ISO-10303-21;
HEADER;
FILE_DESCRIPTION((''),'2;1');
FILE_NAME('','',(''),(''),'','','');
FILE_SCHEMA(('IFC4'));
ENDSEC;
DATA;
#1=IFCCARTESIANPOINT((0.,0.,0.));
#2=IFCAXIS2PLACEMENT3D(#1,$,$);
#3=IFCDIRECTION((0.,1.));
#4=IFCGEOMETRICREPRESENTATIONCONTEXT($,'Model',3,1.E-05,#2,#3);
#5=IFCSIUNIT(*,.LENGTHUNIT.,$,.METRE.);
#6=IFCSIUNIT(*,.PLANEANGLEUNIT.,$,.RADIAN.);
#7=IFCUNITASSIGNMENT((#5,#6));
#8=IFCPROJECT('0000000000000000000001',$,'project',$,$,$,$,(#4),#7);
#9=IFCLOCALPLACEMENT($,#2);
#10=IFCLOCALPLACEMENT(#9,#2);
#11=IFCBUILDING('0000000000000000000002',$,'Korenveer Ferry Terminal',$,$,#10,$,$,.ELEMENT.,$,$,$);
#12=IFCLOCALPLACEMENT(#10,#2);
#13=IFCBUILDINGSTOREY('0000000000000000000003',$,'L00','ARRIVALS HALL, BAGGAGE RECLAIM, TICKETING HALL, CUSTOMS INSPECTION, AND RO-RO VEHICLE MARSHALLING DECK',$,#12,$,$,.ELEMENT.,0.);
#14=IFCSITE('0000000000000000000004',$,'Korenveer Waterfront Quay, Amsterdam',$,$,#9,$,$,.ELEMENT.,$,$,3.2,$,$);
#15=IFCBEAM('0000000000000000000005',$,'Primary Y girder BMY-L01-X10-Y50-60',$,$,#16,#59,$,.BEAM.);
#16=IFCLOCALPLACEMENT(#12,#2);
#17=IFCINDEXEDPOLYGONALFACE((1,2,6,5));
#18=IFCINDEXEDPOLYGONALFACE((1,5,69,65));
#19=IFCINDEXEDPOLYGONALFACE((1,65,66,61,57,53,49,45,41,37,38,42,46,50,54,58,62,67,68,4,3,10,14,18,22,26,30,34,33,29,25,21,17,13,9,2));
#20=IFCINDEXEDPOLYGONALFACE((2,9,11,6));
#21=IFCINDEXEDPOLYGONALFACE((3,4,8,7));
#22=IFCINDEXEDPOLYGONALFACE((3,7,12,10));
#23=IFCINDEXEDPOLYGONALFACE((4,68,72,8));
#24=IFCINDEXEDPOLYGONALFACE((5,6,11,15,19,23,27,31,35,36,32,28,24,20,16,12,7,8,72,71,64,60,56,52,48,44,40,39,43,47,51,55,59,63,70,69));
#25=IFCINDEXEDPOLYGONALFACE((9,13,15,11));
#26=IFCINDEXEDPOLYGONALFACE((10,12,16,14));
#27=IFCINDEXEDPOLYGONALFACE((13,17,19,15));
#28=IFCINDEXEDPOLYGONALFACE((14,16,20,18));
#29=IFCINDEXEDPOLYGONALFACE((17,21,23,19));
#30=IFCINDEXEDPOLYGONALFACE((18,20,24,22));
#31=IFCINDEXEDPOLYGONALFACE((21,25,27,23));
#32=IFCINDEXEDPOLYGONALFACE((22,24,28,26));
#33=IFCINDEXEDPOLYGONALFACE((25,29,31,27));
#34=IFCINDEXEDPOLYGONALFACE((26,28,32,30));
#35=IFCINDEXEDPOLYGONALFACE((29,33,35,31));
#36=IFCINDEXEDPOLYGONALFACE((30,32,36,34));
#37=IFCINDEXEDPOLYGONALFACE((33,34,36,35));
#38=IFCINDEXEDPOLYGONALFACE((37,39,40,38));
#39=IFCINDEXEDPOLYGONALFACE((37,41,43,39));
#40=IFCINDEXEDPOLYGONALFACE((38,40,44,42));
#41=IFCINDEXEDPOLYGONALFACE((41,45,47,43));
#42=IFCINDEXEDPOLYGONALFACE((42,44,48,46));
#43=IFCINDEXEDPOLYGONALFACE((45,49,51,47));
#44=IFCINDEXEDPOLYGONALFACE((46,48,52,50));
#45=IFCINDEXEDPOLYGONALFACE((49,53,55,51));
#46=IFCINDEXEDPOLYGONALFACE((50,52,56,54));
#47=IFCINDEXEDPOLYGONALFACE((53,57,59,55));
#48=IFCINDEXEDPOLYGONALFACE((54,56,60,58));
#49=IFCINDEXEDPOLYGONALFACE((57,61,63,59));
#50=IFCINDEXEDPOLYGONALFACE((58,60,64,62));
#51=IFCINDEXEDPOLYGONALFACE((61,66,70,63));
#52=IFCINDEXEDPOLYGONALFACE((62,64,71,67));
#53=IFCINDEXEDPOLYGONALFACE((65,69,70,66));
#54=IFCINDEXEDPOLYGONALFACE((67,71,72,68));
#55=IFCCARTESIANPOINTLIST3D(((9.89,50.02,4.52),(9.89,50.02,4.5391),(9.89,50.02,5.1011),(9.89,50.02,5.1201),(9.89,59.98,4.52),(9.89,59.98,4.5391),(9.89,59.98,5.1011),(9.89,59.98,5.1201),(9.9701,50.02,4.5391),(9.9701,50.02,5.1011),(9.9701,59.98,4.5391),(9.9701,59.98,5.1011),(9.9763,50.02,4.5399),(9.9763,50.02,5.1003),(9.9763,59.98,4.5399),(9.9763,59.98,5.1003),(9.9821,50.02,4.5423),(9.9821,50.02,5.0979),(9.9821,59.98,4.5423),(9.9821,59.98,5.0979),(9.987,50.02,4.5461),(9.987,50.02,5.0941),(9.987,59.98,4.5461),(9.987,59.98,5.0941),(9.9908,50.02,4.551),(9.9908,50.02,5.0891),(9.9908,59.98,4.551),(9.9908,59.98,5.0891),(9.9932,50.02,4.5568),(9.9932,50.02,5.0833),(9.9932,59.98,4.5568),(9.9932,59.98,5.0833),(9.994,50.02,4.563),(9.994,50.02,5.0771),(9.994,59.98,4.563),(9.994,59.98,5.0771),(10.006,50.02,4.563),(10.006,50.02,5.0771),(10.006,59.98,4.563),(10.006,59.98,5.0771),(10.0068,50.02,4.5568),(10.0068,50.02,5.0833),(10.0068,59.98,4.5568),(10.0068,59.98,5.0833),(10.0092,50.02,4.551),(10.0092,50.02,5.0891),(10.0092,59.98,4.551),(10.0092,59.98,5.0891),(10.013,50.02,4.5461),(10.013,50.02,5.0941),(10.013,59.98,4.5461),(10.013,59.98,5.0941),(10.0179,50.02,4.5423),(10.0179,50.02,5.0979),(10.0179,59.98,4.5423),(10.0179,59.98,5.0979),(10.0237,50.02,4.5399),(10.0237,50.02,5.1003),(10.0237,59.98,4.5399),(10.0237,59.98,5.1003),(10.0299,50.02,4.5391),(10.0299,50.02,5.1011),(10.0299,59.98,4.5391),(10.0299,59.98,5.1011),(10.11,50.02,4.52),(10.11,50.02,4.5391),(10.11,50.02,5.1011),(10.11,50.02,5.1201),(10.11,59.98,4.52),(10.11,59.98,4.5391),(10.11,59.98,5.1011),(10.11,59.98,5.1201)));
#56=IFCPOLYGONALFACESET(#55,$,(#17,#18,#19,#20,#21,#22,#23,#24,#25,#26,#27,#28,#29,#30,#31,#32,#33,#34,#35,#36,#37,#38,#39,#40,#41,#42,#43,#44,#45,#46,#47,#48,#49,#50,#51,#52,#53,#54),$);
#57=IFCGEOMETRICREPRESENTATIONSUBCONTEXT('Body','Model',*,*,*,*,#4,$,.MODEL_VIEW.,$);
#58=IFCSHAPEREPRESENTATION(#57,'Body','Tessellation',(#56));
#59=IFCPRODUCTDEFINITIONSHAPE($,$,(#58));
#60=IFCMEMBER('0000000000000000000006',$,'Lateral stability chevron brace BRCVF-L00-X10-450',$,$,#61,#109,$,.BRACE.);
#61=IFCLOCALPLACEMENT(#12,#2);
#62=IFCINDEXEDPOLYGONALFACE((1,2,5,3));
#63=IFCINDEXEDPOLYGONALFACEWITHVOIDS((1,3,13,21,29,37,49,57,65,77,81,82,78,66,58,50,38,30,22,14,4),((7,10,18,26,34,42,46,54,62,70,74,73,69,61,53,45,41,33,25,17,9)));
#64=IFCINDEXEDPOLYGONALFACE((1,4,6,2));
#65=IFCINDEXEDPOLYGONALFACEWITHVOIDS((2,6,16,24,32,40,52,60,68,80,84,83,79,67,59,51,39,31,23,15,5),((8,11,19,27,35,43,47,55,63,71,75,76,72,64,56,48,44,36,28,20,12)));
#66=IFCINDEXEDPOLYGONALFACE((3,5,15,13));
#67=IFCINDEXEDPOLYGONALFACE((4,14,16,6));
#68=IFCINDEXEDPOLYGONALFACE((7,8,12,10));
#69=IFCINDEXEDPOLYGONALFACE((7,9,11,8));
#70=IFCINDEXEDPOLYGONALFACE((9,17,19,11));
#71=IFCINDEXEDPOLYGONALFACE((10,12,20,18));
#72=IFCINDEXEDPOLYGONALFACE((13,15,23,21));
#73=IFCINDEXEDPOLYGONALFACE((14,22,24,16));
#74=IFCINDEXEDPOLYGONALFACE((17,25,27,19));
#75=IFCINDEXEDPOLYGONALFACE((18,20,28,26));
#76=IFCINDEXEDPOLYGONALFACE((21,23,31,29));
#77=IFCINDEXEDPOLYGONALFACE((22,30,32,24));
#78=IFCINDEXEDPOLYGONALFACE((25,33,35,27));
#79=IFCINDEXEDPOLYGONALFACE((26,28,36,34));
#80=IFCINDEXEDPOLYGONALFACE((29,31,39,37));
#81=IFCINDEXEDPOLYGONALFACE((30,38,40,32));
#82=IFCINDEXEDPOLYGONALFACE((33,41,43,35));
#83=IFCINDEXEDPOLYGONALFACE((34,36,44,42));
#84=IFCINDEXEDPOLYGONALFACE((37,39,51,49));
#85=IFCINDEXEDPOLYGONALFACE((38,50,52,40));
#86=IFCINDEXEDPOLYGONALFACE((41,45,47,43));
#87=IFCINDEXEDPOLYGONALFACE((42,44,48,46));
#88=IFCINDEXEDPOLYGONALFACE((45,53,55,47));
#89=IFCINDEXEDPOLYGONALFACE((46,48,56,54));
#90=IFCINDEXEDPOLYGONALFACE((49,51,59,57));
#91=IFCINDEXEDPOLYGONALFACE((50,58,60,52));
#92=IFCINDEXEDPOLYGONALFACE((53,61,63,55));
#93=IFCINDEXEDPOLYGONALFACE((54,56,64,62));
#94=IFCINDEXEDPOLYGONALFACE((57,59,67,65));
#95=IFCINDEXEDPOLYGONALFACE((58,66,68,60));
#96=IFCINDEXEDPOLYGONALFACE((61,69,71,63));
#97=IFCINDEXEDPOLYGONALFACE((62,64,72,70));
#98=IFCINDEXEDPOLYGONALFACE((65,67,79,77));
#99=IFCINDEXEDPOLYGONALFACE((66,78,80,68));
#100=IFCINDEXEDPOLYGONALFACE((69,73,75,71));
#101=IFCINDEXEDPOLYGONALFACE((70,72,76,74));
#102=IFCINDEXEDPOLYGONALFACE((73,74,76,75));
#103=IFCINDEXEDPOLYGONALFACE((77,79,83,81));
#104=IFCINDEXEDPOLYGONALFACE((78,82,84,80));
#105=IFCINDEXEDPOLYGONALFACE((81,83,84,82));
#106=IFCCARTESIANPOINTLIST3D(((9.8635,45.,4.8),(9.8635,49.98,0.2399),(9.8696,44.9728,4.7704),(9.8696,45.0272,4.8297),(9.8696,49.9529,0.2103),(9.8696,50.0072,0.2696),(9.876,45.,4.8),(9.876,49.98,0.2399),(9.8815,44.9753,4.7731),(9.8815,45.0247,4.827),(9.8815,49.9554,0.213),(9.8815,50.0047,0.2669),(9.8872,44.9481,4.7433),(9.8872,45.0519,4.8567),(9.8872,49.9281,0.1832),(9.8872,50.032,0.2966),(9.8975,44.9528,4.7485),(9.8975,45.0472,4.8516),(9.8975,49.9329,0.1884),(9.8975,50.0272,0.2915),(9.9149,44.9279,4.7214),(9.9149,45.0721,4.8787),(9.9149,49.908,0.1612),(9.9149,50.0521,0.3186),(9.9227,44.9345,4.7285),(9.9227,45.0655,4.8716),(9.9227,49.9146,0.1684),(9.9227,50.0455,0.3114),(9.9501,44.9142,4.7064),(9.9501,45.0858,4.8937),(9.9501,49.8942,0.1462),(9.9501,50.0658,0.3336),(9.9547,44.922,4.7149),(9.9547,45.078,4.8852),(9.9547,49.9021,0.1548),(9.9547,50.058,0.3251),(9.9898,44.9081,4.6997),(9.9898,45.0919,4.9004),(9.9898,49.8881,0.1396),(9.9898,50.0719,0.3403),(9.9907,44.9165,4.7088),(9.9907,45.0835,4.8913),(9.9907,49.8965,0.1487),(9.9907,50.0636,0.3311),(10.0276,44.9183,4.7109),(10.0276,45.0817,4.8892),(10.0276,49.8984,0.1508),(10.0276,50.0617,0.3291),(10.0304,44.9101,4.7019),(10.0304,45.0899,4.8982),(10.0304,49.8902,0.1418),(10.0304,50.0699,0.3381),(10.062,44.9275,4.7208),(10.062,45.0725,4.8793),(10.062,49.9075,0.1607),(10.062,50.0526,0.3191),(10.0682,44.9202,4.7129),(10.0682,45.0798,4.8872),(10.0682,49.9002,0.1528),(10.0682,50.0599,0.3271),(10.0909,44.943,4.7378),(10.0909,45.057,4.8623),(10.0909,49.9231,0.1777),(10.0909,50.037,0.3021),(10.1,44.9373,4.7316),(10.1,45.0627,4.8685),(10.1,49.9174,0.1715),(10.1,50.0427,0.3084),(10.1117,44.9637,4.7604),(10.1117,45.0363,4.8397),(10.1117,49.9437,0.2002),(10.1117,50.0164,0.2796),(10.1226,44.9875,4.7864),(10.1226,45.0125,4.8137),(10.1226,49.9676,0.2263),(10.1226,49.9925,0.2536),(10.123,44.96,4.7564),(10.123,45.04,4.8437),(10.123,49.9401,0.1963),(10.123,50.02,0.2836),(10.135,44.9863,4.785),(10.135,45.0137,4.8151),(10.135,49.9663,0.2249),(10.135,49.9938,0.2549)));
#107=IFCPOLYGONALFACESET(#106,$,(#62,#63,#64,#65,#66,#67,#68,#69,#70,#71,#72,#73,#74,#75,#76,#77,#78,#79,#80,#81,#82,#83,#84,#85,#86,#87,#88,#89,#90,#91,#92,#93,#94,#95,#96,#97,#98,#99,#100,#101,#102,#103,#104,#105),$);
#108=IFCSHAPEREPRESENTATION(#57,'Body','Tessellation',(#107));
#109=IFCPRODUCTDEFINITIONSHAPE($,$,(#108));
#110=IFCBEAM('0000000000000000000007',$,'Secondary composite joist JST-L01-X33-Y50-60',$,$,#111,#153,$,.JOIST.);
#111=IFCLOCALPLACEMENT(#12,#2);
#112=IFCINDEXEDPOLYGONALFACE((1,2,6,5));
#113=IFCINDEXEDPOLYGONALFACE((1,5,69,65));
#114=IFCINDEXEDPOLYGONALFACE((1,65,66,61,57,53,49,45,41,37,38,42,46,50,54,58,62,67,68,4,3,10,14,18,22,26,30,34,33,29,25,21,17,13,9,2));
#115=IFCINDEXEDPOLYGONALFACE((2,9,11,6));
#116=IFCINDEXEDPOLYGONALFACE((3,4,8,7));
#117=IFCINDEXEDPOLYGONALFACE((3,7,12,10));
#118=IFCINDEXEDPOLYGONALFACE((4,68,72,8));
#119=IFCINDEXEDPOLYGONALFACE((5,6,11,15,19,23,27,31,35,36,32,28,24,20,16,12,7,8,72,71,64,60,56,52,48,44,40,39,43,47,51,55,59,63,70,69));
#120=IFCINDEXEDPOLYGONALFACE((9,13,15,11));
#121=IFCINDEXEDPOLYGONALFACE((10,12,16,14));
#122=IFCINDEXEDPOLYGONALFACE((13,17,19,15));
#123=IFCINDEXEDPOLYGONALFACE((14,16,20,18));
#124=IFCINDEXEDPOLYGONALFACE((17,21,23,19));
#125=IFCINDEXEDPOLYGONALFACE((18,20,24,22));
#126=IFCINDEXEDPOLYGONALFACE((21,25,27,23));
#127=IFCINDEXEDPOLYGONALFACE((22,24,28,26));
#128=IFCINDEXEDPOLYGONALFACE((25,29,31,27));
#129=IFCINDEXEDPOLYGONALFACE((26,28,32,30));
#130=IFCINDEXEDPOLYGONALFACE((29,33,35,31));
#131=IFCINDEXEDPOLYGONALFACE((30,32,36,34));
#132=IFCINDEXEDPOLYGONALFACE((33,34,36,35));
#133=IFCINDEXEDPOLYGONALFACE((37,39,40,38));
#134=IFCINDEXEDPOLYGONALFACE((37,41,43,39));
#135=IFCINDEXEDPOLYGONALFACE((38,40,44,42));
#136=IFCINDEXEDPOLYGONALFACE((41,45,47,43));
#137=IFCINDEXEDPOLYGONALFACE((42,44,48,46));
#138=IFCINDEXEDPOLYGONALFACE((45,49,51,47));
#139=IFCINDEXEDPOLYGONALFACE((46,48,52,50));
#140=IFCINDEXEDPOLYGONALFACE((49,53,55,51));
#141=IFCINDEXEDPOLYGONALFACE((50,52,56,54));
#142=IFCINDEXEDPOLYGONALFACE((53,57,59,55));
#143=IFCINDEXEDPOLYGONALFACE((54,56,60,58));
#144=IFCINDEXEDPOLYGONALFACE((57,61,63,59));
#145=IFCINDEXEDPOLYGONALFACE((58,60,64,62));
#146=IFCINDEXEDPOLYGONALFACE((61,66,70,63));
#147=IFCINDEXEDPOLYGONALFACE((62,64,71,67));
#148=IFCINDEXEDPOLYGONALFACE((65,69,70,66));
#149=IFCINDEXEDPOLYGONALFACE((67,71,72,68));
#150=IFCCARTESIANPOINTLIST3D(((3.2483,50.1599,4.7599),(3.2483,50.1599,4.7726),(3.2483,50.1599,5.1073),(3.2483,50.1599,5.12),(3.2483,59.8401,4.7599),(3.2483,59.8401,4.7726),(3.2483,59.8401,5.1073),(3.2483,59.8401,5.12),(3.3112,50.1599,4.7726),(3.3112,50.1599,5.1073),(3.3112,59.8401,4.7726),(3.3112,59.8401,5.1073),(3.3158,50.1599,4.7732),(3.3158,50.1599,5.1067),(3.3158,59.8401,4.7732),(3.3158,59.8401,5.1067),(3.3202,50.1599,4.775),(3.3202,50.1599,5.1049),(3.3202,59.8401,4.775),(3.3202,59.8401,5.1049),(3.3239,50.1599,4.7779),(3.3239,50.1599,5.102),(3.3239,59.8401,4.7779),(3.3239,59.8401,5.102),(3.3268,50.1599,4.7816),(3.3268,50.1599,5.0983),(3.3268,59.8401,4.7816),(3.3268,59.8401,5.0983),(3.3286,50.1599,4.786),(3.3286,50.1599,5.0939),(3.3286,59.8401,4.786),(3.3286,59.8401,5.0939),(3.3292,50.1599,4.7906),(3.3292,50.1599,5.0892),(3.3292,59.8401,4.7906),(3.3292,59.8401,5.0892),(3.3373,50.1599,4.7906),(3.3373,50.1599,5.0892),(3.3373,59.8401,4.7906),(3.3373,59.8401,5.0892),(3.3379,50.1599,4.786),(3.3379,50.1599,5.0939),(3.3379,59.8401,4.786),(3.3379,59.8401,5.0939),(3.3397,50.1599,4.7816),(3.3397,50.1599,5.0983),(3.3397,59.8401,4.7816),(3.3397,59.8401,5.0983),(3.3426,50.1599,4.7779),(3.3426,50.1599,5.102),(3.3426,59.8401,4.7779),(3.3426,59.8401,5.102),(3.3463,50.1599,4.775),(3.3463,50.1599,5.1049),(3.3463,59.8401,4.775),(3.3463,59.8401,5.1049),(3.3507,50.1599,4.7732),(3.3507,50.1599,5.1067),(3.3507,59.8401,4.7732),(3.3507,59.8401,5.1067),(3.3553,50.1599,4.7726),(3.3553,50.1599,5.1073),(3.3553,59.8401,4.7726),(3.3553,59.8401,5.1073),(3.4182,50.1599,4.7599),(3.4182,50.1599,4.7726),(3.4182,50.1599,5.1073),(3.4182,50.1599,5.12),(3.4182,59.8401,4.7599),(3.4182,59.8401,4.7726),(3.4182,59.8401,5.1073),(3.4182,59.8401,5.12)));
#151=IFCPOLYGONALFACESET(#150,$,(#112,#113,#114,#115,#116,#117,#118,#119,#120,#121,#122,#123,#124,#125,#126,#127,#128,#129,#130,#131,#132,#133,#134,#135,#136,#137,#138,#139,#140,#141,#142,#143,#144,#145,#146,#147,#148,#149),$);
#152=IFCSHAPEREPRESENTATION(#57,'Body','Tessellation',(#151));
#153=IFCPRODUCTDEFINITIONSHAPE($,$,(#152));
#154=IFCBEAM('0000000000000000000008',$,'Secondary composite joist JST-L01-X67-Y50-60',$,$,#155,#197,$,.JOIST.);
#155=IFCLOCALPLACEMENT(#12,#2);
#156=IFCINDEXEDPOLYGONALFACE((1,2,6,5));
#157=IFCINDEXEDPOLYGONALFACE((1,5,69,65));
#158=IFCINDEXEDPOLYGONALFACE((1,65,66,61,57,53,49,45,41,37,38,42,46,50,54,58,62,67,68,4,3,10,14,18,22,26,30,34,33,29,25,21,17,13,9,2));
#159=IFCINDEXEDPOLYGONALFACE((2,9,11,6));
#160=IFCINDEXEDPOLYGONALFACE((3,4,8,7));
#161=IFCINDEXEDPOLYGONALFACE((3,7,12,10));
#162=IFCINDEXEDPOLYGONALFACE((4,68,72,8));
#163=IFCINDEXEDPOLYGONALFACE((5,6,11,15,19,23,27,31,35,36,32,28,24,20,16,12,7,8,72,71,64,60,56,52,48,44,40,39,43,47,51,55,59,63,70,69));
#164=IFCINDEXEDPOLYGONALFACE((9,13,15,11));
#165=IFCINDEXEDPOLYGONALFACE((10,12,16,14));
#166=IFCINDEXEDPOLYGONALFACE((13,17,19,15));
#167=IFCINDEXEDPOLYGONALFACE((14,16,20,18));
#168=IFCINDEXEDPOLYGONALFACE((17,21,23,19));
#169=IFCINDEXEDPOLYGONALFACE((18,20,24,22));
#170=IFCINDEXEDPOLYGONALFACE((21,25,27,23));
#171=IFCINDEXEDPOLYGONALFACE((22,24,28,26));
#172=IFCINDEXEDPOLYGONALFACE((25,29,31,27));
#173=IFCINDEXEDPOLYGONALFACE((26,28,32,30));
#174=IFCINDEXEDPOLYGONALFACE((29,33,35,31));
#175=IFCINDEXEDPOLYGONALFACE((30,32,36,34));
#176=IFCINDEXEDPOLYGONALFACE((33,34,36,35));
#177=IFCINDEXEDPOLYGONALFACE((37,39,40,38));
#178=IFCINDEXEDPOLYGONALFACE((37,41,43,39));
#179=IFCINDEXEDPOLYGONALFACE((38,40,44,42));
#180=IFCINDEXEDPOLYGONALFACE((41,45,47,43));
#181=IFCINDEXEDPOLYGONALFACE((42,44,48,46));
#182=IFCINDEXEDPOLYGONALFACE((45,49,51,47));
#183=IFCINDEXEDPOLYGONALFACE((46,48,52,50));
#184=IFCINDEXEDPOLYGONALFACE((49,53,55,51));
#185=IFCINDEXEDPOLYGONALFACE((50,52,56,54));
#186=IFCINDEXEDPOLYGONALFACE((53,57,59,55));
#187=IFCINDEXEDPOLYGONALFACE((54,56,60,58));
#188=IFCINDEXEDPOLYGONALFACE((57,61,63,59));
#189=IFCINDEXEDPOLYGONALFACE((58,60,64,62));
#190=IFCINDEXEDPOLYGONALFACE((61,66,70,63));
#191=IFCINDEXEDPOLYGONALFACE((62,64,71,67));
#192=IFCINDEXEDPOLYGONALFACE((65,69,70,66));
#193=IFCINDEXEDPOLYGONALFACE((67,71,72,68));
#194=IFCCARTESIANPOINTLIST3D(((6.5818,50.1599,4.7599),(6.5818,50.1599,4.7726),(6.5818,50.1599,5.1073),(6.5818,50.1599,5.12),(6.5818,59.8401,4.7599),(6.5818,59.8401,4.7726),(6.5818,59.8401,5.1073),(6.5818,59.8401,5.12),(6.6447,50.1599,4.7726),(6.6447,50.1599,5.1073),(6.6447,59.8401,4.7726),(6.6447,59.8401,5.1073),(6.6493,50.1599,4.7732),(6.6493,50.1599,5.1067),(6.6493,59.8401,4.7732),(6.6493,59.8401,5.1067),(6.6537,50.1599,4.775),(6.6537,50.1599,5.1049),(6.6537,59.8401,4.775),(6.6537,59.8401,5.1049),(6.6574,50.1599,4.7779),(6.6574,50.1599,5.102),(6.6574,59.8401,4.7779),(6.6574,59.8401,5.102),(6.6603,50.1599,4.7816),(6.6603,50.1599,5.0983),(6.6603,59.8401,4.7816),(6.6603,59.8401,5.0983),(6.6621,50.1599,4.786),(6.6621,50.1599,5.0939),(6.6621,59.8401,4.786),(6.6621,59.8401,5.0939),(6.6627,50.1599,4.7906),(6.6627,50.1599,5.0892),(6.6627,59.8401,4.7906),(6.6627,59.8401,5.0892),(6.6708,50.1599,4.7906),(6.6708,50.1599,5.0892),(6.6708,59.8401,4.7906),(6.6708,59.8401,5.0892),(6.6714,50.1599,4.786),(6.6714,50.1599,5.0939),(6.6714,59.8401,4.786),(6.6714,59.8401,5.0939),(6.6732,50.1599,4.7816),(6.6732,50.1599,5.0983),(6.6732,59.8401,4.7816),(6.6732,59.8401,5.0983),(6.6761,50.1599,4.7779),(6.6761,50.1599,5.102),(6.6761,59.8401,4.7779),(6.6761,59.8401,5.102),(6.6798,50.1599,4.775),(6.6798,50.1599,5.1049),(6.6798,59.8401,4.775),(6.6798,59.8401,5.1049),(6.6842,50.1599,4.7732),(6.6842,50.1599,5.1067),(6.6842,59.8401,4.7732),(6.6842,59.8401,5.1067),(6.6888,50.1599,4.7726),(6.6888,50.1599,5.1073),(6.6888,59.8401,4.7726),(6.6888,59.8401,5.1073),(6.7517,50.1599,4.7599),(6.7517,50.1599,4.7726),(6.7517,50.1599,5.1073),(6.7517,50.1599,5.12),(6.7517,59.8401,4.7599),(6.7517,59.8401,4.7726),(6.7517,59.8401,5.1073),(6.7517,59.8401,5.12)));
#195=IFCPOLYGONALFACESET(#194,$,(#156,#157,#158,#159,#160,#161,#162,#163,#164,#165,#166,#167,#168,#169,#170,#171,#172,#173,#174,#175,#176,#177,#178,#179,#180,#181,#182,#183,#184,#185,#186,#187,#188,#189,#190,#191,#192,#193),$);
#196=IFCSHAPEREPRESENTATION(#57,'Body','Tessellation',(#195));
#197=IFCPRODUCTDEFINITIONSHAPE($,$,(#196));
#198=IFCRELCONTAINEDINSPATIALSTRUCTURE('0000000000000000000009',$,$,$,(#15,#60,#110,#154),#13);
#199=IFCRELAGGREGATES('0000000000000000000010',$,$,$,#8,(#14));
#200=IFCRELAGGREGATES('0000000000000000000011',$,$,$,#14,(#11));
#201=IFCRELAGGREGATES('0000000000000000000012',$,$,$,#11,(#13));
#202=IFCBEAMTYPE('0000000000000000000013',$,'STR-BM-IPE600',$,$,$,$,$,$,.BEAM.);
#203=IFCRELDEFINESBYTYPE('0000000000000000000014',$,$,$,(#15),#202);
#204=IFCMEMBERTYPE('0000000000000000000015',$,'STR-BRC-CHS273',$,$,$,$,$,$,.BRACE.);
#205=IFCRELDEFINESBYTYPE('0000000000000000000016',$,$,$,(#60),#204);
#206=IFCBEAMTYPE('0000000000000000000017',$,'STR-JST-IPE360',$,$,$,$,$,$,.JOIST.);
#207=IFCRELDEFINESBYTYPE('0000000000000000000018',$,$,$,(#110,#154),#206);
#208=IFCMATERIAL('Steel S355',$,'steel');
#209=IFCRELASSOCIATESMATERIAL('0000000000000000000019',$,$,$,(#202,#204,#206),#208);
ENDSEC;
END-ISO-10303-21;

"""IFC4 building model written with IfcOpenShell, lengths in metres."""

from ifc_helpers import new_model, si_unit, direction, frame, origin, origin_2d, place, context, subcontext, project, spatial, hollow_circle, i_section, extrude, material, material_profile, profile_set, type_object, element, save


model = new_model("IFC4")

# Units and contexts
model_context = context("Model", 3, precision=1e-05, world=origin(), true_north=direction((0.0, 1.0)))
body_context = subcontext(model_context, "Body", "Model", "MODEL_VIEW")
ifc_project = project(units=[si_unit("LENGTHUNIT", "METRE"), si_unit("PLANEANGLEUNIT", "RADIAN")], contexts=[model_context])

# Site, building, storey
site_placement = place(None, origin())
site = spatial("IfcSite", under=ifc_project, at=site_placement, Name="Korenveer Waterfront Quay, Amsterdam", CompositionType="ELEMENT", RefElevation=3.2)
building_placement = place(site_placement, origin())
building = spatial("IfcBuilding", under=site, at=building_placement, Name="Korenveer Ferry Terminal", CompositionType="ELEMENT")
storey_placement = place(building_placement, origin())
storey = spatial("IfcBuildingStorey", under=building, at=storey_placement, Name="L00", Description="ARRIVALS HALL, BAGGAGE RECLAIM, TICKETING HALL, CUSTOMS INSPECTION, AND RO-RO VEHICLE MARSHALLING DECK", CompositionType="ELEMENT", Elevation=0.0)

# Beam
ifc_material_1 = material(Name="Steel S355", Category="steel")
ifc_material_profile_1 = material_profile(ifc_material_1, i_section(OverallWidth=0.22, OverallDepth=0.6001, WebThickness=0.012, FlangeThickness=0.019, FilletRadius=0.0239, at=origin_2d()), Name="IPE 600")
ifc_profile_set_1 = profile_set([ifc_material_profile_1], Name="Steel S355")
beam_type_1 = type_object("IfcBeamType", Name="STR-BM-IPE600", PredefinedType="BEAM", material=ifc_profile_set_1)
beam_placement = place(storey_placement, frame((10.0, 50.02, 4.8201), z_axis=(0.0, 1.0, 0.0), x_axis=(-1.0, 0.0, 0.0)))
element("IfcBeam", 1, at=beam_placement, inside=storey, type_object=beam_type_1, Name="Primary Y girder BMY-L01-X10-Y50-60", PredefinedType="BEAM", context=body_context, shape_type="SweptSolid", body=[
    extrude(i_section(OverallWidth=0.22, OverallDepth=0.6001, WebThickness=0.012, FlangeThickness=0.019, FilletRadius=0.0239, at=origin_2d()), origin(), (0.0, 0.0, 1.0), 9.96),
])

# Member
ifc_material_profile_2 = material_profile(ifc_material_1, hollow_circle(Radius=0.1365, WallThickness=0.0125, at=origin_2d()), Name="CHS 273x12.5")
ifc_profile_set_2 = profile_set([ifc_material_profile_2], Name="Steel S355")
member_type = type_object("IfcMemberType", Name="STR-BRC-CHS273", PredefinedType="BRACE", material=ifc_profile_set_2)
member_placement = place(storey_placement, frame((10.0, 45.0, 4.8), z_axis=(0.0, 0.737517, -0.675328), x_axis=(-1.0, 0.0, 0.0)))
element("IfcMember", 2, at=member_placement, inside=storey, type_object=member_type, Name="Lateral stability chevron brace BRCVF-L00-X10-450", PredefinedType="BRACE", context=body_context, shape_type="SweptSolid", body=[
    extrude(hollow_circle(Radius=0.1365, WallThickness=0.0125, at=origin_2d()), origin(), (0.0, 0.0, 1.0), 6.7524),
])

# Beams
ifc_material_profile_3 = material_profile(ifc_material_1, i_section(OverallWidth=0.1699, OverallDepth=0.3601, WebThickness=0.0081, FlangeThickness=0.0127, FilletRadius=0.0181, at=origin_2d()), Name="IPE 360")
ifc_profile_set_3 = profile_set([ifc_material_profile_3], Name="Steel S355")
beam_type_2 = type_object("IfcBeamType", Name="STR-JST-IPE360", PredefinedType="JOIST", material=ifc_profile_set_3)
for number, where, z_axis, x_axis, name in (
    (3, (3.3333, 50.1599, 4.9399), (0.0, 1.0, 0.0), (-1.0, 0.0, 0.0), "Secondary composite joist JST-L01-X33-Y50-60"),
    (4, (6.6667, 50.1599, 4.9399), (0.0, 1.0, 0.0), (-1.0, 0.0, 0.0), "Secondary composite joist JST-L01-X67-Y50-60"),
):
    element("IfcBeam", number, at=place(storey_placement, frame(where, z_axis=z_axis, x_axis=x_axis)), inside=storey, type_object=beam_type_2, Name=name, PredefinedType="JOIST", context=body_context, shape_type="SweptSolid", body=[
        extrude(i_section(OverallWidth=0.1699, OverallDepth=0.3601, WebThickness=0.0081, FlangeThickness=0.0127, FilletRadius=0.0181, at=origin_2d()), origin(), (0.0, 0.0, 1.0), 9.6802),
    ])

save(model, "model.ifc")
